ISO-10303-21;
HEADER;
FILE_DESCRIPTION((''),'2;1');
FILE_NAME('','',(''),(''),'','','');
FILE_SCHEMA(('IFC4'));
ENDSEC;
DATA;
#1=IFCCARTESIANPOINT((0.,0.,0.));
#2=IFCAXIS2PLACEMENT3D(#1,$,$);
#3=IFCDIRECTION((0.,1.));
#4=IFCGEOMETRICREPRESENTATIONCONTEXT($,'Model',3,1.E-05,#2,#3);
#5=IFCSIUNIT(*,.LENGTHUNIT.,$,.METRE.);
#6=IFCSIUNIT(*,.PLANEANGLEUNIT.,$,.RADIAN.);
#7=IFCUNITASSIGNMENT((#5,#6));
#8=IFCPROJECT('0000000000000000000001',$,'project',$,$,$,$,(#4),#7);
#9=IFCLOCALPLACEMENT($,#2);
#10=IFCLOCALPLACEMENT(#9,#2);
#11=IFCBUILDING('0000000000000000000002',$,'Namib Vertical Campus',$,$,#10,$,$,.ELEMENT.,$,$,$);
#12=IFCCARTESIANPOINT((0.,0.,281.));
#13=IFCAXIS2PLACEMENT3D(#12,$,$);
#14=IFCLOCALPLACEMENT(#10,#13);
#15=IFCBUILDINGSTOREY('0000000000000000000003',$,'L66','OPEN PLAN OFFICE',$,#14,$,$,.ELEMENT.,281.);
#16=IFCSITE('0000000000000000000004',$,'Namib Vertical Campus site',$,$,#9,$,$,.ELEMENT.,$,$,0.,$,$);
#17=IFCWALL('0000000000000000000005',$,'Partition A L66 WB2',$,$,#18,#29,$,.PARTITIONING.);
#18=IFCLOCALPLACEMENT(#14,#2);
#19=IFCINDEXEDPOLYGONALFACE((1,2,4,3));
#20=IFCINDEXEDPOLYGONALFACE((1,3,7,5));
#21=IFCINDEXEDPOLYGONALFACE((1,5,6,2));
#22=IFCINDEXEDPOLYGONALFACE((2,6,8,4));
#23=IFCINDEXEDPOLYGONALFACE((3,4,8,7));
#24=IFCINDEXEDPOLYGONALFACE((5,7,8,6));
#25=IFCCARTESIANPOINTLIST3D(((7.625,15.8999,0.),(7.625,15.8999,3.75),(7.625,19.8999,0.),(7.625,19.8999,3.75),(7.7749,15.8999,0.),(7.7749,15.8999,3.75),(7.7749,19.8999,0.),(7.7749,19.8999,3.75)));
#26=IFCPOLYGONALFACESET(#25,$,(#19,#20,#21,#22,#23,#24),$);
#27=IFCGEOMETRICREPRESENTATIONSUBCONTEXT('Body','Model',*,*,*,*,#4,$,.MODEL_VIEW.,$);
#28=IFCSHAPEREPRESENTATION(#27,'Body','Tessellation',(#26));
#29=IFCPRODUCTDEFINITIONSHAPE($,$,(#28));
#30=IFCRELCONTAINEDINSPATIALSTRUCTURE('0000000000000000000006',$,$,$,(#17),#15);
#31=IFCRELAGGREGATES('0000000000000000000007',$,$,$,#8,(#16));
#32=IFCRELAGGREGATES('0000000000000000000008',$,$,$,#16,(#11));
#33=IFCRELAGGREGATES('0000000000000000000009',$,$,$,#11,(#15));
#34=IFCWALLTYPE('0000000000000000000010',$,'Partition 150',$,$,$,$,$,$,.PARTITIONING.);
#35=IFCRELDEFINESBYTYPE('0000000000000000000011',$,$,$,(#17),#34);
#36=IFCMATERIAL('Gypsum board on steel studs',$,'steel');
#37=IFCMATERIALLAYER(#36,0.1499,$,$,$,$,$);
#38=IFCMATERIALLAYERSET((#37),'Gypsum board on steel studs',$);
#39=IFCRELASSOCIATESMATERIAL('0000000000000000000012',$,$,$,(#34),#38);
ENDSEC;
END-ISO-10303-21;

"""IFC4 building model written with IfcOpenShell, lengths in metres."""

from ifc_helpers import new_model, si_unit, direction, frame, frame_2d, origin, place, context, subcontext, project, spatial, rectangle, extrude, material, layer, layer_set, type_object, element, save


model = new_model("IFC4")

# Units and contexts
model_context = context("Model", 3, precision=1e-05, world=origin(), true_north=direction((0.0, 1.0)))
body_context = subcontext(model_context, "Body", "Model", "MODEL_VIEW")
ifc_project = project(units=[si_unit("LENGTHUNIT", "METRE"), si_unit("PLANEANGLEUNIT", "RADIAN")], contexts=[model_context])

# Site, building, storey
site_placement = place(None, origin())
site = spatial("IfcSite", under=ifc_project, at=site_placement, Name="Namib Vertical Campus site", CompositionType="ELEMENT", RefElevation=0.0)
building_placement = place(site_placement, origin())
building = spatial("IfcBuilding", under=site, at=building_placement, Name="Namib Vertical Campus", CompositionType="ELEMENT")
storey_placement = place(building_placement, frame((0.0, 0.0, 281.0)))
storey = spatial("IfcBuildingStorey", under=building, at=storey_placement, Name="L66", Description="OPEN PLAN OFFICE", CompositionType="ELEMENT", Elevation=281.0)

# Wall
ifc_material_1 = material(Name="Gypsum board on steel studs", Category="steel")
ifc_layer_1 = layer(ifc_material_1, 0.1499)
ifc_layer_set_1 = layer_set([ifc_layer_1], Name="Gypsum board on steel studs")
wall_type_1 = type_object("IfcWallType", Name="Partition 150", PredefinedType="PARTITIONING", material=ifc_layer_set_1)
wall_1_placement = place(storey_placement, frame((7.7, 15.8999, 0.0), z_axis=(0.0, 0.0, 1.0), x_axis=(0.0, 1.0, 0.0)))
element("IfcWall", 1, at=wall_1_placement, inside=storey, type_object=wall_type_1, Name="Partition A L66 WB2", PredefinedType="PARTITIONING", context=body_context, shape_type="SweptSolid", body=[
    extrude(rectangle(XDim=4.0, YDim=0.1499, at=frame_2d((2.0, 0.0))), origin(), (0.0, 0.0, 1.0), 3.75),
])

save(model, "model.ifc")
